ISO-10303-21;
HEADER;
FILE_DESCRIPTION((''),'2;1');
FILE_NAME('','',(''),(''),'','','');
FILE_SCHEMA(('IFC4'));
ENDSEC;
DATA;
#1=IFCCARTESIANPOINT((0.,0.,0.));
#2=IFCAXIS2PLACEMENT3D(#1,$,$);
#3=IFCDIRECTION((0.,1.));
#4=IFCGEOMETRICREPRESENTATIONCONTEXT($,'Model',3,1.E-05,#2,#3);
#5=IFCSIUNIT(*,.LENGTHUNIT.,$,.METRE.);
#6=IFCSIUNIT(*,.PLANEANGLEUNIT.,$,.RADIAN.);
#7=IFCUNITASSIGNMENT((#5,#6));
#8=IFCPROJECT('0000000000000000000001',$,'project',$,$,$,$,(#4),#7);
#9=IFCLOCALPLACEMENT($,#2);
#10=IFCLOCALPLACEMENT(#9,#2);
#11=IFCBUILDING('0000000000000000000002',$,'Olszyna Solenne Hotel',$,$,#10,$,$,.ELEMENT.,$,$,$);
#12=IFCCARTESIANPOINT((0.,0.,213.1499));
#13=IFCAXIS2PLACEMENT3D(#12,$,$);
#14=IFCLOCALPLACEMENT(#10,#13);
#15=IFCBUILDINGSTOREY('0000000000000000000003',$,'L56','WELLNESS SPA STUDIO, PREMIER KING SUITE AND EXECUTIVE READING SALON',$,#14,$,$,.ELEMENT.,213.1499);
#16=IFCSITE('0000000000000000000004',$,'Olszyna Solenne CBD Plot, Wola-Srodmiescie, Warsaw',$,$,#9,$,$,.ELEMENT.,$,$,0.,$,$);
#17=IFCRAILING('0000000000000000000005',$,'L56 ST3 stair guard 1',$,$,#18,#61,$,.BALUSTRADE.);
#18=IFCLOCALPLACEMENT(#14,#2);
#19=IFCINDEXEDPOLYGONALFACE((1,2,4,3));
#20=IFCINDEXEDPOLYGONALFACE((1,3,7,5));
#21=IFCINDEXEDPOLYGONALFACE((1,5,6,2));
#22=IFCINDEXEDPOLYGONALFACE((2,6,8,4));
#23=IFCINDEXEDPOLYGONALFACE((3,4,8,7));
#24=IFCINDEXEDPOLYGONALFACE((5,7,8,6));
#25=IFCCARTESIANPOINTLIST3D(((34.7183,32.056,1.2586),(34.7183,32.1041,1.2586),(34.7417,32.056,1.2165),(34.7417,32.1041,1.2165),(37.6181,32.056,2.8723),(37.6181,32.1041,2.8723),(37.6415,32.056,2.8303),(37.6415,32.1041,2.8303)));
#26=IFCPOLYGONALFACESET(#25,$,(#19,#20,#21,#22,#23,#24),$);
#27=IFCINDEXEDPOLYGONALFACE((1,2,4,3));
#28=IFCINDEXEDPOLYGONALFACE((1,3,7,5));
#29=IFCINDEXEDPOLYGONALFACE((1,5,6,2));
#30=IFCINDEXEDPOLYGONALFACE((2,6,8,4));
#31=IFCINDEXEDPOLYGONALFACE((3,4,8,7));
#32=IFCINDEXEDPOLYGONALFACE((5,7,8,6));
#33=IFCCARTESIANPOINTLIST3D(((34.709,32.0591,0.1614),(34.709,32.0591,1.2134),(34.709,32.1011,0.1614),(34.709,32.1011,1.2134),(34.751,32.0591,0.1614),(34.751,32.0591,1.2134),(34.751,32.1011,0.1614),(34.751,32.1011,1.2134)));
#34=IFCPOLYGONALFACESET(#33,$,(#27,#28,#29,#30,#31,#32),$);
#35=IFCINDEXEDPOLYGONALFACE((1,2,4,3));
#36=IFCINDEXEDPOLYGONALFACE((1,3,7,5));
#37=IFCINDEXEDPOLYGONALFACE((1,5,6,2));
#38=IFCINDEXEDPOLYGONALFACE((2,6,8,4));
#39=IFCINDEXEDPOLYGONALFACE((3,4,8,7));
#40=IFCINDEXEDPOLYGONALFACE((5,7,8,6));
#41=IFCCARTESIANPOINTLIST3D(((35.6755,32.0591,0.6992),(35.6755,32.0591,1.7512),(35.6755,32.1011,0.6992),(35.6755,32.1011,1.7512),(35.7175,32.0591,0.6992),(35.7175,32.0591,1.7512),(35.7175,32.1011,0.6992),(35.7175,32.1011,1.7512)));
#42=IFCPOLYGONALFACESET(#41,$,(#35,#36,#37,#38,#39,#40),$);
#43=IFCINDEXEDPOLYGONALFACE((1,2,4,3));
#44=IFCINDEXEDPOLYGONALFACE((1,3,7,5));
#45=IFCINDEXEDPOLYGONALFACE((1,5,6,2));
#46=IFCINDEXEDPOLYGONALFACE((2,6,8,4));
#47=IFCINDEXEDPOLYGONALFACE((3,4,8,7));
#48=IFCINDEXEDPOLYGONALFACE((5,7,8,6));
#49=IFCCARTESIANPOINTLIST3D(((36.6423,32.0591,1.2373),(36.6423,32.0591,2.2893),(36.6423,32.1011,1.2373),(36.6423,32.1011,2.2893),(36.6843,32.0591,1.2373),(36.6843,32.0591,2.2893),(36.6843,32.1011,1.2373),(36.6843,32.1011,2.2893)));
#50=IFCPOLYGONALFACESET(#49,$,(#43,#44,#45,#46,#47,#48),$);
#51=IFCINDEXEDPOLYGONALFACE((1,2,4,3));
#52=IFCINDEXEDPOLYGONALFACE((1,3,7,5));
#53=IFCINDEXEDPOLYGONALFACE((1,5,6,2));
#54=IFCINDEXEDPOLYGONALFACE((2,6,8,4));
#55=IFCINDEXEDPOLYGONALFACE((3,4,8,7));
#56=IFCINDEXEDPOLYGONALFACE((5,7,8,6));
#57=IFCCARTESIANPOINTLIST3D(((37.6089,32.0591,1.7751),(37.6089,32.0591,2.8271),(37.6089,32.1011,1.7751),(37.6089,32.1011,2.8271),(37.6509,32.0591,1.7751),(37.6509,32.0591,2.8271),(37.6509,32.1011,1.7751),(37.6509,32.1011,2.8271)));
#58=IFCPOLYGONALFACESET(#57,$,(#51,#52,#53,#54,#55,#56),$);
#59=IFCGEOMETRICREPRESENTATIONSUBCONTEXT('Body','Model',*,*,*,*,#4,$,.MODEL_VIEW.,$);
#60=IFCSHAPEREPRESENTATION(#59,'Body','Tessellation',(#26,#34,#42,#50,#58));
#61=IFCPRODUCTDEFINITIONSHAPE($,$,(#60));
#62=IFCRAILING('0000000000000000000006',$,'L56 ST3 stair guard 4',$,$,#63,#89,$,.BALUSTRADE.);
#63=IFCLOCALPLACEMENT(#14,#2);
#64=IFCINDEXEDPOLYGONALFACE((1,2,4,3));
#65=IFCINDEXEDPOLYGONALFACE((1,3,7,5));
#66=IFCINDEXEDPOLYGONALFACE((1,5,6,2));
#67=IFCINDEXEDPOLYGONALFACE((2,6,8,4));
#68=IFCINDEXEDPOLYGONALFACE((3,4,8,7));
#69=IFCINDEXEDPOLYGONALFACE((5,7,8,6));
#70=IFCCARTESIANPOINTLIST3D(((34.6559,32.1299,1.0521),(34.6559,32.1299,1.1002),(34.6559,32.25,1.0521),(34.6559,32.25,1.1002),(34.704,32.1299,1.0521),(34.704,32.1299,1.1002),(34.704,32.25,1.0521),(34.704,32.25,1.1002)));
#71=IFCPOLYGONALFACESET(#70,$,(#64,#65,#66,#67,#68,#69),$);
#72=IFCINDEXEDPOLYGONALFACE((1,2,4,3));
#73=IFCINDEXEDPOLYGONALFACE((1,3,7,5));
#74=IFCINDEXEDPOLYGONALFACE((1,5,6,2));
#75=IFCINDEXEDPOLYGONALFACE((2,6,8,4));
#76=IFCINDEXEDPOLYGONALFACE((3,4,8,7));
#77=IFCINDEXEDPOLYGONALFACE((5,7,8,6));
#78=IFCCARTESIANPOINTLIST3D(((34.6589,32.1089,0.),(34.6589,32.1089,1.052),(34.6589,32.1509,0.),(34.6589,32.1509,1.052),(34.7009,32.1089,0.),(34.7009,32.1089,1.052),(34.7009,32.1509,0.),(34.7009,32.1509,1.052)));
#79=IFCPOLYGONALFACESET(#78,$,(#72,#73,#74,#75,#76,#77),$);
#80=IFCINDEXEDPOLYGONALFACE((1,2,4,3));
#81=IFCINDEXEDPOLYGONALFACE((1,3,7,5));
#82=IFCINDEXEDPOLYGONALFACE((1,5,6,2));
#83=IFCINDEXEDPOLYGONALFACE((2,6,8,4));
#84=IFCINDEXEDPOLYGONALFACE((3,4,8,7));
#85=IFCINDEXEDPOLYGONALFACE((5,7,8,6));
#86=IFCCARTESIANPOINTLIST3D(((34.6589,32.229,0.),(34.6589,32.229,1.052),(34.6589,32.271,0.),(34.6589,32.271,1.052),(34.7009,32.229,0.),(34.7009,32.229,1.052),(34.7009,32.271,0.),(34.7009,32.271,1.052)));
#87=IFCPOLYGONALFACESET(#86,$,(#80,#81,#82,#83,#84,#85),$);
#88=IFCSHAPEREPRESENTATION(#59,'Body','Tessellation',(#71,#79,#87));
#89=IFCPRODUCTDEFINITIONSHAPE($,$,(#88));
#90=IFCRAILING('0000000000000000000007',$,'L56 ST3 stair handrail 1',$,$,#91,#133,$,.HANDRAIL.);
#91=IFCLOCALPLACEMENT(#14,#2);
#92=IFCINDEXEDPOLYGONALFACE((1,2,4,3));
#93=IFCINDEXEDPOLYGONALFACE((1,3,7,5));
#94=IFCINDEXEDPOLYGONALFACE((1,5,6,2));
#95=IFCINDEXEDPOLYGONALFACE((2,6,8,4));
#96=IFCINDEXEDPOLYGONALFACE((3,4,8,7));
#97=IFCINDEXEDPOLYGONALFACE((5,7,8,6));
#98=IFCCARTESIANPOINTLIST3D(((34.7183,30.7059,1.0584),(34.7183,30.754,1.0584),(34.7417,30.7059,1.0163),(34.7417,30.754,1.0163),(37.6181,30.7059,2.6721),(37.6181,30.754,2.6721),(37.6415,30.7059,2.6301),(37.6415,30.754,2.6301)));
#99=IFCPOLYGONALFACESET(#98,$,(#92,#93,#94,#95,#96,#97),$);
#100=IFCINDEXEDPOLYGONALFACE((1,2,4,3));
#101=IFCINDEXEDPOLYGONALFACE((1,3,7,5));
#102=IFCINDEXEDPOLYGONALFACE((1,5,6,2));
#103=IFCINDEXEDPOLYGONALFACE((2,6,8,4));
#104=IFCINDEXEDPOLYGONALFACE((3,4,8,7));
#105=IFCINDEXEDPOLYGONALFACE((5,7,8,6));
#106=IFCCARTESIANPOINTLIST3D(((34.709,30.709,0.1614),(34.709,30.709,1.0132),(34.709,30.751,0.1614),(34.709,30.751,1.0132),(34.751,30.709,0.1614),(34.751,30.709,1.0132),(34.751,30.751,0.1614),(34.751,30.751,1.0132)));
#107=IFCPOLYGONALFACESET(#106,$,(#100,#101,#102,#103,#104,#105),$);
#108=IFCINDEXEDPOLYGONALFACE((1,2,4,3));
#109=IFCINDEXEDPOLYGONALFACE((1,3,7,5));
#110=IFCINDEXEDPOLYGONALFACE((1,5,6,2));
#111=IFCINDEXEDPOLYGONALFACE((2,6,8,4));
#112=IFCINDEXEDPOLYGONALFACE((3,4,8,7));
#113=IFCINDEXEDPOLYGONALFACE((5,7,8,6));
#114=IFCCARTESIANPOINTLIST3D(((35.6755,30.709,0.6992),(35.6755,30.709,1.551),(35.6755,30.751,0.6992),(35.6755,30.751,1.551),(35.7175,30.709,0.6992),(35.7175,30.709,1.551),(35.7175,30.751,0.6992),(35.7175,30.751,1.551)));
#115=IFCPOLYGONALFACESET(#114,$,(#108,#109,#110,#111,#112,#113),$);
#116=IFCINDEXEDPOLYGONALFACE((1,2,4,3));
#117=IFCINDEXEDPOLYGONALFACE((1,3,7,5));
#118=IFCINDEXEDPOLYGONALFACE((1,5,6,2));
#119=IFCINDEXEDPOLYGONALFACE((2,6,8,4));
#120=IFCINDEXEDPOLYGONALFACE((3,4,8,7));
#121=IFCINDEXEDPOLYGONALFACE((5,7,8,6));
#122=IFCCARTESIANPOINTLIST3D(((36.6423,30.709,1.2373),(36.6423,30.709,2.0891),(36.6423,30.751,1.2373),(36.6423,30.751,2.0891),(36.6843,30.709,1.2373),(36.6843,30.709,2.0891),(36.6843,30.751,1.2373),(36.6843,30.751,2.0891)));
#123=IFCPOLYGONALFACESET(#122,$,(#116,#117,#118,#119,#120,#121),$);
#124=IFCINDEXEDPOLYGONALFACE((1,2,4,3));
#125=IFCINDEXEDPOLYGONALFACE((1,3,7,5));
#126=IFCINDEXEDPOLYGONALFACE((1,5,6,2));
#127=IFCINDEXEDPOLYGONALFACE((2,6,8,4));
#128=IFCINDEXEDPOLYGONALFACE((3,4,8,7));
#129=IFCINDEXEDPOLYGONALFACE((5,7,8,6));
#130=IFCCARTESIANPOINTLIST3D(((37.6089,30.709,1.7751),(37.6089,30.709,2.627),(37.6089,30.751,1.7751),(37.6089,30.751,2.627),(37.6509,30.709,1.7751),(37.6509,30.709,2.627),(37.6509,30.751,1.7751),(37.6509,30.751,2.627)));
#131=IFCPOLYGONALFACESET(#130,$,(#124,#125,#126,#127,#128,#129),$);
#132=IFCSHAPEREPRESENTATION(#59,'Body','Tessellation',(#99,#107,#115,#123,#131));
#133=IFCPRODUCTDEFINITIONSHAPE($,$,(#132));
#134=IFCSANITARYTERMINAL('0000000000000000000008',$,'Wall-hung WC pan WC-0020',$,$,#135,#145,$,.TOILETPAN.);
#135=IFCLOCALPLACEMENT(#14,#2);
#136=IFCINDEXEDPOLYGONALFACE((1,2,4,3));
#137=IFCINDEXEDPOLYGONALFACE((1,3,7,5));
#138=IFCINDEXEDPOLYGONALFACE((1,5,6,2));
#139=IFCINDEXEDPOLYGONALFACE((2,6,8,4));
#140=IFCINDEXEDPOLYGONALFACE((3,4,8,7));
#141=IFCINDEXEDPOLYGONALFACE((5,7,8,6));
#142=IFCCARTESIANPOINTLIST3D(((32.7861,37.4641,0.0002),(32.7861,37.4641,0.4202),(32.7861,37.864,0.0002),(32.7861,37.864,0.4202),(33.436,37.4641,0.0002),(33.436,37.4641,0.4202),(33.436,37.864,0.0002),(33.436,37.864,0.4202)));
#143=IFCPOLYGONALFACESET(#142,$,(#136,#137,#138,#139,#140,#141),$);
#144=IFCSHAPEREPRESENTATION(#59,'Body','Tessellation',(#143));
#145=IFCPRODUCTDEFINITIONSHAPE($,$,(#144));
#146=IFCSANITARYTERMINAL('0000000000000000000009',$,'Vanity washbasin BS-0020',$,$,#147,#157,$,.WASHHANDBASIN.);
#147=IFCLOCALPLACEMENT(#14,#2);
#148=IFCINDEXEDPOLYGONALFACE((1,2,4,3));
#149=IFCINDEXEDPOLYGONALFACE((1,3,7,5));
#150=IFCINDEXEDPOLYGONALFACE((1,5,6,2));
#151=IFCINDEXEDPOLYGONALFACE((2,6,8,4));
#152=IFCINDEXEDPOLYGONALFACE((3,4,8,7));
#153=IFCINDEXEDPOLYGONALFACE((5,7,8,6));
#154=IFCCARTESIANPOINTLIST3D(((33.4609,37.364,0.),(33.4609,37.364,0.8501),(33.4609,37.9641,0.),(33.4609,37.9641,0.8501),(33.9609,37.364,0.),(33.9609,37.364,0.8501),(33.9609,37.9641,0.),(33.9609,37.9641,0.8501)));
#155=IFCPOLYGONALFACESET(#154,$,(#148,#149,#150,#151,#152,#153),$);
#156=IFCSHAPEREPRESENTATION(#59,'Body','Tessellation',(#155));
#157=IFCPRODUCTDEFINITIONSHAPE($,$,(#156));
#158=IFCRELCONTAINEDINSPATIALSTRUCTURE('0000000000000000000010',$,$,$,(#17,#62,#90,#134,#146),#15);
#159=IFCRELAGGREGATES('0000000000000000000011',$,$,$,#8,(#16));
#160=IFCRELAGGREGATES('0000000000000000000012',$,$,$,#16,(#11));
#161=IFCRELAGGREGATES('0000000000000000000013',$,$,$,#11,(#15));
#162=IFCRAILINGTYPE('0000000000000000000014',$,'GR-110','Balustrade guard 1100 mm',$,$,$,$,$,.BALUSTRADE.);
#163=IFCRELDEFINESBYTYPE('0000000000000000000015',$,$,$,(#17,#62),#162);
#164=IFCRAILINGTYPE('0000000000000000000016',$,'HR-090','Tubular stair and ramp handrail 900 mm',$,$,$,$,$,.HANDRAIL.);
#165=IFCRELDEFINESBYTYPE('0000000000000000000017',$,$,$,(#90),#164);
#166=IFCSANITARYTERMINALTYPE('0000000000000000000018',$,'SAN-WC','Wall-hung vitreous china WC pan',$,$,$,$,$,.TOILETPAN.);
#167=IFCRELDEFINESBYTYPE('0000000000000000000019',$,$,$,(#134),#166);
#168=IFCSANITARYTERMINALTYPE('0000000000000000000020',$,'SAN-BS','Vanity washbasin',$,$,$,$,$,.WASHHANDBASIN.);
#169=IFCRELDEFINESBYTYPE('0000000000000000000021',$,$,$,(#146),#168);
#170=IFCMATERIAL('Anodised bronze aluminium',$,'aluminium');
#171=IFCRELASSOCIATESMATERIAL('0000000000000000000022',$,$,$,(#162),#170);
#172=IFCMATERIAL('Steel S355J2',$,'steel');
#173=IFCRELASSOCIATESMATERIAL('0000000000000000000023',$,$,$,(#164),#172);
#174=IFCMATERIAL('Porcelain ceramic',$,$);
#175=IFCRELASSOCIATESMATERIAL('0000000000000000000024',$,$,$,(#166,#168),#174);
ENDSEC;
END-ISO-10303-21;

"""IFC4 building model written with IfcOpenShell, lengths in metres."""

from ifc_helpers import new_model, si_unit, direction, frame, origin, origin_2d, place, context, subcontext, project, spatial, rectangle, extrude, source, transform, mapped, material, type_object, element, save


model = new_model("IFC4")

# Units and contexts
model_context = context("Model", 3, precision=1e-05, world=origin(), true_north=direction((0.0, 1.0)))
body_context = subcontext(model_context, "Body", "Model", "MODEL_VIEW")
ifc_project = project(units=[si_unit("LENGTHUNIT", "METRE"), si_unit("PLANEANGLEUNIT", "RADIAN")], contexts=[model_context])

# Site, building, storey
site_placement = place(None, origin())
site = spatial("IfcSite", under=ifc_project, at=site_placement, Name="Olszyna Solenne CBD Plot, Wola-Srodmiescie, Warsaw", CompositionType="ELEMENT", RefElevation=0.0)
building_placement = place(site_placement, origin())
building = spatial("IfcBuilding", under=site, at=building_placement, Name="Olszyna Solenne Hotel", CompositionType="ELEMENT")
storey_placement = place(building_placement, frame((0.0, 0.0, 213.1499)))
storey = spatial("IfcBuildingStorey", under=building, at=storey_placement, Name="L56", Description="WELLNESS SPA STUDIO, PREMIER KING SUITE AND EXECUTIVE READING SALON", CompositionType="ELEMENT", Elevation=213.1499)

# Shared definitions
ifc_material_1 = material(Name="Steel S355J2", Category="steel")

# Railings
ifc_material_2 = material(Name="Anodised bronze aluminium", Category="aluminium")
railing_type_1 = type_object("IfcRailingType", Name="GR-110", Description="Balustrade guard 1100 mm", PredefinedType="BALUSTRADE", material=ifc_material_2)
railing_1_placement = place(storey_placement, frame((34.73, 32.0801, 0.1614)))
element("IfcRailing", 1, at=railing_1_placement, inside=storey, type_object=railing_type_1, Name="L56 ST3 stair guard 1", PredefinedType="BALUSTRADE", context=body_context, shape_type="SweptSolid", body=[
    extrude(rectangle(XDim=0.0481, YDim=0.0481, at=origin_2d()), frame((0.0, 0.0, 1.0762), z_axis=(0.87381, 0.0, 0.486267), x_axis=(0.0, 1.0, 0.0)), (0.0, 0.0, 1.0), 3.3186),
    extrude(rectangle(XDim=0.042, YDim=0.042, at=origin_2d()), origin(), (0.0, 0.0, 1.0), 1.052),
    extrude(rectangle(XDim=0.042, YDim=0.042, at=origin_2d()), frame((0.9666, 0.0, 0.5378)), (0.0, 0.0, 1.0), 1.052),
    extrude(rectangle(XDim=0.042, YDim=0.042, at=origin_2d()), frame((1.9333, 0.0, 1.0759)), (0.0, 0.0, 1.0), 1.052),
    extrude(rectangle(XDim=0.042, YDim=0.042, at=origin_2d()), frame((2.8999, 0.0, 1.6138)), (0.0, 0.0, 1.0), 1.052),
])
railing_2_placement = place(storey_placement, frame((34.6799, 32.1299, 0.0)))
element("IfcRailing", 2, at=railing_2_placement, inside=storey, type_object=railing_type_1, Name="L56 ST3 stair guard 4", PredefinedType="BALUSTRADE", context=body_context, shape_type="SweptSolid", body=[
    extrude(rectangle(XDim=0.0481, YDim=0.0481, at=origin_2d()), frame((0.0, 0.0, 1.0762), z_axis=(0.0, 1.0, 0.0), x_axis=(-1.0, 0.0, 0.0)), (0.0, 0.0, 1.0), 0.1201),
    extrude(rectangle(XDim=0.042, YDim=0.042, at=origin_2d()), origin(), (0.0, 0.0, 1.0), 1.052),
    extrude(rectangle(XDim=0.042, YDim=0.042, at=origin_2d()), frame((0.0, 0.1201, 0.0)), (0.0, 0.0, 1.0), 1.052),
])
railing_type_2 = type_object("IfcRailingType", Name="HR-090", Description="Tubular stair and ramp handrail 900 mm", PredefinedType="HANDRAIL", material=ifc_material_1)
railing_3_placement = place(storey_placement, frame((34.73, 30.73, 0.1614)))
element("IfcRailing", 3, at=railing_3_placement, inside=storey, type_object=railing_type_2, Name="L56 ST3 stair handrail 1", PredefinedType="HANDRAIL", context=body_context, shape_type="SweptSolid", body=[
    extrude(rectangle(XDim=0.0481, YDim=0.0481, at=origin_2d()), frame((0.0, 0.0, 0.876), z_axis=(0.87381, 0.0, 0.486267), x_axis=(0.0, 1.0, 0.0)), (0.0, 0.0, 1.0), 3.3186),
    extrude(rectangle(XDim=0.042, YDim=0.042, at=origin_2d()), origin(), (0.0, 0.0, 1.0), 0.8518),
    extrude(rectangle(XDim=0.042, YDim=0.042, at=origin_2d()), frame((0.9666, 0.0, 0.5378)), (0.0, 0.0, 1.0), 0.8518),
    extrude(rectangle(XDim=0.042, YDim=0.042, at=origin_2d()), frame((1.9333, 0.0, 1.0759)), (0.0, 0.0, 1.0), 0.8518),
    extrude(rectangle(XDim=0.042, YDim=0.042, at=origin_2d()), frame((2.8999, 0.0, 1.6138)), (0.0, 0.0, 1.0), 0.8518),
])

# Sanitary terminals
ifc_material_3 = material(Name="Porcelain ceramic")
sanitary_terminal_type_1 = type_object("IfcSanitaryTerminalType", Name="SAN-WC", Description="Wall-hung vitreous china WC pan", PredefinedType="TOILETPAN", material=ifc_material_3)
shared_shape_1 = source(origin(), body_context, "Body", "SweptSolid", [
    extrude(rectangle(XDim=0.6499, YDim=0.3999, at=origin_2d()), origin(), (0.0, 0.0, 1.0), 0.4199),
])
sanitary_terminal_1_placement = place(storey_placement, frame((33.1111, 37.6641, 0.0002), z_axis=(0.0, 0.0, 1.0), x_axis=(1.0, 0.0, 0.0)))
element("IfcSanitaryTerminal", 4, at=sanitary_terminal_1_placement, inside=storey, type_object=sanitary_terminal_type_1, Name="Wall-hung WC pan WC-0020", PredefinedType="TOILETPAN", context=body_context, shape_type="MappedRepresentation", body=[
    mapped(shared_shape_1, transform((0.0, 0.0, 0.0), x_axis=(1.0, 0.0, 0.0), y_axis=(0.0, 1.0, 0.0), z_axis=(0.0, 0.0, 1.0), scale=1.0)),
])
sanitary_terminal_type_2 = type_object("IfcSanitaryTerminalType", Name="SAN-BS", Description="Vanity washbasin", PredefinedType="WASHHANDBASIN", material=ifc_material_3)
shared_shape_2 = source(origin(), body_context, "Body", "SweptSolid", [
    extrude(rectangle(XDim=0.5, YDim=0.6001, at=origin_2d()), origin(), (0.0, 0.0, 1.0), 0.8501),
])
sanitary_terminal_2_placement = place(storey_placement, frame((33.7109, 37.6641, 0.0), z_axis=(0.0, 0.0, 1.0), x_axis=(1.0, 0.0, 0.0)))
element("IfcSanitaryTerminal", 5, at=sanitary_terminal_2_placement, inside=storey, type_object=sanitary_terminal_type_2, Name="Vanity washbasin BS-0020", PredefinedType="WASHHANDBASIN", context=body_context, shape_type="MappedRepresentation", body=[
    mapped(shared_shape_2, transform((0.0, 0.0, 0.0), x_axis=(1.0, 0.0, 0.0), y_axis=(0.0, 1.0, 0.0), z_axis=(0.0, 0.0, 1.0), scale=1.0)),
])

save(model, "model.ifc")
